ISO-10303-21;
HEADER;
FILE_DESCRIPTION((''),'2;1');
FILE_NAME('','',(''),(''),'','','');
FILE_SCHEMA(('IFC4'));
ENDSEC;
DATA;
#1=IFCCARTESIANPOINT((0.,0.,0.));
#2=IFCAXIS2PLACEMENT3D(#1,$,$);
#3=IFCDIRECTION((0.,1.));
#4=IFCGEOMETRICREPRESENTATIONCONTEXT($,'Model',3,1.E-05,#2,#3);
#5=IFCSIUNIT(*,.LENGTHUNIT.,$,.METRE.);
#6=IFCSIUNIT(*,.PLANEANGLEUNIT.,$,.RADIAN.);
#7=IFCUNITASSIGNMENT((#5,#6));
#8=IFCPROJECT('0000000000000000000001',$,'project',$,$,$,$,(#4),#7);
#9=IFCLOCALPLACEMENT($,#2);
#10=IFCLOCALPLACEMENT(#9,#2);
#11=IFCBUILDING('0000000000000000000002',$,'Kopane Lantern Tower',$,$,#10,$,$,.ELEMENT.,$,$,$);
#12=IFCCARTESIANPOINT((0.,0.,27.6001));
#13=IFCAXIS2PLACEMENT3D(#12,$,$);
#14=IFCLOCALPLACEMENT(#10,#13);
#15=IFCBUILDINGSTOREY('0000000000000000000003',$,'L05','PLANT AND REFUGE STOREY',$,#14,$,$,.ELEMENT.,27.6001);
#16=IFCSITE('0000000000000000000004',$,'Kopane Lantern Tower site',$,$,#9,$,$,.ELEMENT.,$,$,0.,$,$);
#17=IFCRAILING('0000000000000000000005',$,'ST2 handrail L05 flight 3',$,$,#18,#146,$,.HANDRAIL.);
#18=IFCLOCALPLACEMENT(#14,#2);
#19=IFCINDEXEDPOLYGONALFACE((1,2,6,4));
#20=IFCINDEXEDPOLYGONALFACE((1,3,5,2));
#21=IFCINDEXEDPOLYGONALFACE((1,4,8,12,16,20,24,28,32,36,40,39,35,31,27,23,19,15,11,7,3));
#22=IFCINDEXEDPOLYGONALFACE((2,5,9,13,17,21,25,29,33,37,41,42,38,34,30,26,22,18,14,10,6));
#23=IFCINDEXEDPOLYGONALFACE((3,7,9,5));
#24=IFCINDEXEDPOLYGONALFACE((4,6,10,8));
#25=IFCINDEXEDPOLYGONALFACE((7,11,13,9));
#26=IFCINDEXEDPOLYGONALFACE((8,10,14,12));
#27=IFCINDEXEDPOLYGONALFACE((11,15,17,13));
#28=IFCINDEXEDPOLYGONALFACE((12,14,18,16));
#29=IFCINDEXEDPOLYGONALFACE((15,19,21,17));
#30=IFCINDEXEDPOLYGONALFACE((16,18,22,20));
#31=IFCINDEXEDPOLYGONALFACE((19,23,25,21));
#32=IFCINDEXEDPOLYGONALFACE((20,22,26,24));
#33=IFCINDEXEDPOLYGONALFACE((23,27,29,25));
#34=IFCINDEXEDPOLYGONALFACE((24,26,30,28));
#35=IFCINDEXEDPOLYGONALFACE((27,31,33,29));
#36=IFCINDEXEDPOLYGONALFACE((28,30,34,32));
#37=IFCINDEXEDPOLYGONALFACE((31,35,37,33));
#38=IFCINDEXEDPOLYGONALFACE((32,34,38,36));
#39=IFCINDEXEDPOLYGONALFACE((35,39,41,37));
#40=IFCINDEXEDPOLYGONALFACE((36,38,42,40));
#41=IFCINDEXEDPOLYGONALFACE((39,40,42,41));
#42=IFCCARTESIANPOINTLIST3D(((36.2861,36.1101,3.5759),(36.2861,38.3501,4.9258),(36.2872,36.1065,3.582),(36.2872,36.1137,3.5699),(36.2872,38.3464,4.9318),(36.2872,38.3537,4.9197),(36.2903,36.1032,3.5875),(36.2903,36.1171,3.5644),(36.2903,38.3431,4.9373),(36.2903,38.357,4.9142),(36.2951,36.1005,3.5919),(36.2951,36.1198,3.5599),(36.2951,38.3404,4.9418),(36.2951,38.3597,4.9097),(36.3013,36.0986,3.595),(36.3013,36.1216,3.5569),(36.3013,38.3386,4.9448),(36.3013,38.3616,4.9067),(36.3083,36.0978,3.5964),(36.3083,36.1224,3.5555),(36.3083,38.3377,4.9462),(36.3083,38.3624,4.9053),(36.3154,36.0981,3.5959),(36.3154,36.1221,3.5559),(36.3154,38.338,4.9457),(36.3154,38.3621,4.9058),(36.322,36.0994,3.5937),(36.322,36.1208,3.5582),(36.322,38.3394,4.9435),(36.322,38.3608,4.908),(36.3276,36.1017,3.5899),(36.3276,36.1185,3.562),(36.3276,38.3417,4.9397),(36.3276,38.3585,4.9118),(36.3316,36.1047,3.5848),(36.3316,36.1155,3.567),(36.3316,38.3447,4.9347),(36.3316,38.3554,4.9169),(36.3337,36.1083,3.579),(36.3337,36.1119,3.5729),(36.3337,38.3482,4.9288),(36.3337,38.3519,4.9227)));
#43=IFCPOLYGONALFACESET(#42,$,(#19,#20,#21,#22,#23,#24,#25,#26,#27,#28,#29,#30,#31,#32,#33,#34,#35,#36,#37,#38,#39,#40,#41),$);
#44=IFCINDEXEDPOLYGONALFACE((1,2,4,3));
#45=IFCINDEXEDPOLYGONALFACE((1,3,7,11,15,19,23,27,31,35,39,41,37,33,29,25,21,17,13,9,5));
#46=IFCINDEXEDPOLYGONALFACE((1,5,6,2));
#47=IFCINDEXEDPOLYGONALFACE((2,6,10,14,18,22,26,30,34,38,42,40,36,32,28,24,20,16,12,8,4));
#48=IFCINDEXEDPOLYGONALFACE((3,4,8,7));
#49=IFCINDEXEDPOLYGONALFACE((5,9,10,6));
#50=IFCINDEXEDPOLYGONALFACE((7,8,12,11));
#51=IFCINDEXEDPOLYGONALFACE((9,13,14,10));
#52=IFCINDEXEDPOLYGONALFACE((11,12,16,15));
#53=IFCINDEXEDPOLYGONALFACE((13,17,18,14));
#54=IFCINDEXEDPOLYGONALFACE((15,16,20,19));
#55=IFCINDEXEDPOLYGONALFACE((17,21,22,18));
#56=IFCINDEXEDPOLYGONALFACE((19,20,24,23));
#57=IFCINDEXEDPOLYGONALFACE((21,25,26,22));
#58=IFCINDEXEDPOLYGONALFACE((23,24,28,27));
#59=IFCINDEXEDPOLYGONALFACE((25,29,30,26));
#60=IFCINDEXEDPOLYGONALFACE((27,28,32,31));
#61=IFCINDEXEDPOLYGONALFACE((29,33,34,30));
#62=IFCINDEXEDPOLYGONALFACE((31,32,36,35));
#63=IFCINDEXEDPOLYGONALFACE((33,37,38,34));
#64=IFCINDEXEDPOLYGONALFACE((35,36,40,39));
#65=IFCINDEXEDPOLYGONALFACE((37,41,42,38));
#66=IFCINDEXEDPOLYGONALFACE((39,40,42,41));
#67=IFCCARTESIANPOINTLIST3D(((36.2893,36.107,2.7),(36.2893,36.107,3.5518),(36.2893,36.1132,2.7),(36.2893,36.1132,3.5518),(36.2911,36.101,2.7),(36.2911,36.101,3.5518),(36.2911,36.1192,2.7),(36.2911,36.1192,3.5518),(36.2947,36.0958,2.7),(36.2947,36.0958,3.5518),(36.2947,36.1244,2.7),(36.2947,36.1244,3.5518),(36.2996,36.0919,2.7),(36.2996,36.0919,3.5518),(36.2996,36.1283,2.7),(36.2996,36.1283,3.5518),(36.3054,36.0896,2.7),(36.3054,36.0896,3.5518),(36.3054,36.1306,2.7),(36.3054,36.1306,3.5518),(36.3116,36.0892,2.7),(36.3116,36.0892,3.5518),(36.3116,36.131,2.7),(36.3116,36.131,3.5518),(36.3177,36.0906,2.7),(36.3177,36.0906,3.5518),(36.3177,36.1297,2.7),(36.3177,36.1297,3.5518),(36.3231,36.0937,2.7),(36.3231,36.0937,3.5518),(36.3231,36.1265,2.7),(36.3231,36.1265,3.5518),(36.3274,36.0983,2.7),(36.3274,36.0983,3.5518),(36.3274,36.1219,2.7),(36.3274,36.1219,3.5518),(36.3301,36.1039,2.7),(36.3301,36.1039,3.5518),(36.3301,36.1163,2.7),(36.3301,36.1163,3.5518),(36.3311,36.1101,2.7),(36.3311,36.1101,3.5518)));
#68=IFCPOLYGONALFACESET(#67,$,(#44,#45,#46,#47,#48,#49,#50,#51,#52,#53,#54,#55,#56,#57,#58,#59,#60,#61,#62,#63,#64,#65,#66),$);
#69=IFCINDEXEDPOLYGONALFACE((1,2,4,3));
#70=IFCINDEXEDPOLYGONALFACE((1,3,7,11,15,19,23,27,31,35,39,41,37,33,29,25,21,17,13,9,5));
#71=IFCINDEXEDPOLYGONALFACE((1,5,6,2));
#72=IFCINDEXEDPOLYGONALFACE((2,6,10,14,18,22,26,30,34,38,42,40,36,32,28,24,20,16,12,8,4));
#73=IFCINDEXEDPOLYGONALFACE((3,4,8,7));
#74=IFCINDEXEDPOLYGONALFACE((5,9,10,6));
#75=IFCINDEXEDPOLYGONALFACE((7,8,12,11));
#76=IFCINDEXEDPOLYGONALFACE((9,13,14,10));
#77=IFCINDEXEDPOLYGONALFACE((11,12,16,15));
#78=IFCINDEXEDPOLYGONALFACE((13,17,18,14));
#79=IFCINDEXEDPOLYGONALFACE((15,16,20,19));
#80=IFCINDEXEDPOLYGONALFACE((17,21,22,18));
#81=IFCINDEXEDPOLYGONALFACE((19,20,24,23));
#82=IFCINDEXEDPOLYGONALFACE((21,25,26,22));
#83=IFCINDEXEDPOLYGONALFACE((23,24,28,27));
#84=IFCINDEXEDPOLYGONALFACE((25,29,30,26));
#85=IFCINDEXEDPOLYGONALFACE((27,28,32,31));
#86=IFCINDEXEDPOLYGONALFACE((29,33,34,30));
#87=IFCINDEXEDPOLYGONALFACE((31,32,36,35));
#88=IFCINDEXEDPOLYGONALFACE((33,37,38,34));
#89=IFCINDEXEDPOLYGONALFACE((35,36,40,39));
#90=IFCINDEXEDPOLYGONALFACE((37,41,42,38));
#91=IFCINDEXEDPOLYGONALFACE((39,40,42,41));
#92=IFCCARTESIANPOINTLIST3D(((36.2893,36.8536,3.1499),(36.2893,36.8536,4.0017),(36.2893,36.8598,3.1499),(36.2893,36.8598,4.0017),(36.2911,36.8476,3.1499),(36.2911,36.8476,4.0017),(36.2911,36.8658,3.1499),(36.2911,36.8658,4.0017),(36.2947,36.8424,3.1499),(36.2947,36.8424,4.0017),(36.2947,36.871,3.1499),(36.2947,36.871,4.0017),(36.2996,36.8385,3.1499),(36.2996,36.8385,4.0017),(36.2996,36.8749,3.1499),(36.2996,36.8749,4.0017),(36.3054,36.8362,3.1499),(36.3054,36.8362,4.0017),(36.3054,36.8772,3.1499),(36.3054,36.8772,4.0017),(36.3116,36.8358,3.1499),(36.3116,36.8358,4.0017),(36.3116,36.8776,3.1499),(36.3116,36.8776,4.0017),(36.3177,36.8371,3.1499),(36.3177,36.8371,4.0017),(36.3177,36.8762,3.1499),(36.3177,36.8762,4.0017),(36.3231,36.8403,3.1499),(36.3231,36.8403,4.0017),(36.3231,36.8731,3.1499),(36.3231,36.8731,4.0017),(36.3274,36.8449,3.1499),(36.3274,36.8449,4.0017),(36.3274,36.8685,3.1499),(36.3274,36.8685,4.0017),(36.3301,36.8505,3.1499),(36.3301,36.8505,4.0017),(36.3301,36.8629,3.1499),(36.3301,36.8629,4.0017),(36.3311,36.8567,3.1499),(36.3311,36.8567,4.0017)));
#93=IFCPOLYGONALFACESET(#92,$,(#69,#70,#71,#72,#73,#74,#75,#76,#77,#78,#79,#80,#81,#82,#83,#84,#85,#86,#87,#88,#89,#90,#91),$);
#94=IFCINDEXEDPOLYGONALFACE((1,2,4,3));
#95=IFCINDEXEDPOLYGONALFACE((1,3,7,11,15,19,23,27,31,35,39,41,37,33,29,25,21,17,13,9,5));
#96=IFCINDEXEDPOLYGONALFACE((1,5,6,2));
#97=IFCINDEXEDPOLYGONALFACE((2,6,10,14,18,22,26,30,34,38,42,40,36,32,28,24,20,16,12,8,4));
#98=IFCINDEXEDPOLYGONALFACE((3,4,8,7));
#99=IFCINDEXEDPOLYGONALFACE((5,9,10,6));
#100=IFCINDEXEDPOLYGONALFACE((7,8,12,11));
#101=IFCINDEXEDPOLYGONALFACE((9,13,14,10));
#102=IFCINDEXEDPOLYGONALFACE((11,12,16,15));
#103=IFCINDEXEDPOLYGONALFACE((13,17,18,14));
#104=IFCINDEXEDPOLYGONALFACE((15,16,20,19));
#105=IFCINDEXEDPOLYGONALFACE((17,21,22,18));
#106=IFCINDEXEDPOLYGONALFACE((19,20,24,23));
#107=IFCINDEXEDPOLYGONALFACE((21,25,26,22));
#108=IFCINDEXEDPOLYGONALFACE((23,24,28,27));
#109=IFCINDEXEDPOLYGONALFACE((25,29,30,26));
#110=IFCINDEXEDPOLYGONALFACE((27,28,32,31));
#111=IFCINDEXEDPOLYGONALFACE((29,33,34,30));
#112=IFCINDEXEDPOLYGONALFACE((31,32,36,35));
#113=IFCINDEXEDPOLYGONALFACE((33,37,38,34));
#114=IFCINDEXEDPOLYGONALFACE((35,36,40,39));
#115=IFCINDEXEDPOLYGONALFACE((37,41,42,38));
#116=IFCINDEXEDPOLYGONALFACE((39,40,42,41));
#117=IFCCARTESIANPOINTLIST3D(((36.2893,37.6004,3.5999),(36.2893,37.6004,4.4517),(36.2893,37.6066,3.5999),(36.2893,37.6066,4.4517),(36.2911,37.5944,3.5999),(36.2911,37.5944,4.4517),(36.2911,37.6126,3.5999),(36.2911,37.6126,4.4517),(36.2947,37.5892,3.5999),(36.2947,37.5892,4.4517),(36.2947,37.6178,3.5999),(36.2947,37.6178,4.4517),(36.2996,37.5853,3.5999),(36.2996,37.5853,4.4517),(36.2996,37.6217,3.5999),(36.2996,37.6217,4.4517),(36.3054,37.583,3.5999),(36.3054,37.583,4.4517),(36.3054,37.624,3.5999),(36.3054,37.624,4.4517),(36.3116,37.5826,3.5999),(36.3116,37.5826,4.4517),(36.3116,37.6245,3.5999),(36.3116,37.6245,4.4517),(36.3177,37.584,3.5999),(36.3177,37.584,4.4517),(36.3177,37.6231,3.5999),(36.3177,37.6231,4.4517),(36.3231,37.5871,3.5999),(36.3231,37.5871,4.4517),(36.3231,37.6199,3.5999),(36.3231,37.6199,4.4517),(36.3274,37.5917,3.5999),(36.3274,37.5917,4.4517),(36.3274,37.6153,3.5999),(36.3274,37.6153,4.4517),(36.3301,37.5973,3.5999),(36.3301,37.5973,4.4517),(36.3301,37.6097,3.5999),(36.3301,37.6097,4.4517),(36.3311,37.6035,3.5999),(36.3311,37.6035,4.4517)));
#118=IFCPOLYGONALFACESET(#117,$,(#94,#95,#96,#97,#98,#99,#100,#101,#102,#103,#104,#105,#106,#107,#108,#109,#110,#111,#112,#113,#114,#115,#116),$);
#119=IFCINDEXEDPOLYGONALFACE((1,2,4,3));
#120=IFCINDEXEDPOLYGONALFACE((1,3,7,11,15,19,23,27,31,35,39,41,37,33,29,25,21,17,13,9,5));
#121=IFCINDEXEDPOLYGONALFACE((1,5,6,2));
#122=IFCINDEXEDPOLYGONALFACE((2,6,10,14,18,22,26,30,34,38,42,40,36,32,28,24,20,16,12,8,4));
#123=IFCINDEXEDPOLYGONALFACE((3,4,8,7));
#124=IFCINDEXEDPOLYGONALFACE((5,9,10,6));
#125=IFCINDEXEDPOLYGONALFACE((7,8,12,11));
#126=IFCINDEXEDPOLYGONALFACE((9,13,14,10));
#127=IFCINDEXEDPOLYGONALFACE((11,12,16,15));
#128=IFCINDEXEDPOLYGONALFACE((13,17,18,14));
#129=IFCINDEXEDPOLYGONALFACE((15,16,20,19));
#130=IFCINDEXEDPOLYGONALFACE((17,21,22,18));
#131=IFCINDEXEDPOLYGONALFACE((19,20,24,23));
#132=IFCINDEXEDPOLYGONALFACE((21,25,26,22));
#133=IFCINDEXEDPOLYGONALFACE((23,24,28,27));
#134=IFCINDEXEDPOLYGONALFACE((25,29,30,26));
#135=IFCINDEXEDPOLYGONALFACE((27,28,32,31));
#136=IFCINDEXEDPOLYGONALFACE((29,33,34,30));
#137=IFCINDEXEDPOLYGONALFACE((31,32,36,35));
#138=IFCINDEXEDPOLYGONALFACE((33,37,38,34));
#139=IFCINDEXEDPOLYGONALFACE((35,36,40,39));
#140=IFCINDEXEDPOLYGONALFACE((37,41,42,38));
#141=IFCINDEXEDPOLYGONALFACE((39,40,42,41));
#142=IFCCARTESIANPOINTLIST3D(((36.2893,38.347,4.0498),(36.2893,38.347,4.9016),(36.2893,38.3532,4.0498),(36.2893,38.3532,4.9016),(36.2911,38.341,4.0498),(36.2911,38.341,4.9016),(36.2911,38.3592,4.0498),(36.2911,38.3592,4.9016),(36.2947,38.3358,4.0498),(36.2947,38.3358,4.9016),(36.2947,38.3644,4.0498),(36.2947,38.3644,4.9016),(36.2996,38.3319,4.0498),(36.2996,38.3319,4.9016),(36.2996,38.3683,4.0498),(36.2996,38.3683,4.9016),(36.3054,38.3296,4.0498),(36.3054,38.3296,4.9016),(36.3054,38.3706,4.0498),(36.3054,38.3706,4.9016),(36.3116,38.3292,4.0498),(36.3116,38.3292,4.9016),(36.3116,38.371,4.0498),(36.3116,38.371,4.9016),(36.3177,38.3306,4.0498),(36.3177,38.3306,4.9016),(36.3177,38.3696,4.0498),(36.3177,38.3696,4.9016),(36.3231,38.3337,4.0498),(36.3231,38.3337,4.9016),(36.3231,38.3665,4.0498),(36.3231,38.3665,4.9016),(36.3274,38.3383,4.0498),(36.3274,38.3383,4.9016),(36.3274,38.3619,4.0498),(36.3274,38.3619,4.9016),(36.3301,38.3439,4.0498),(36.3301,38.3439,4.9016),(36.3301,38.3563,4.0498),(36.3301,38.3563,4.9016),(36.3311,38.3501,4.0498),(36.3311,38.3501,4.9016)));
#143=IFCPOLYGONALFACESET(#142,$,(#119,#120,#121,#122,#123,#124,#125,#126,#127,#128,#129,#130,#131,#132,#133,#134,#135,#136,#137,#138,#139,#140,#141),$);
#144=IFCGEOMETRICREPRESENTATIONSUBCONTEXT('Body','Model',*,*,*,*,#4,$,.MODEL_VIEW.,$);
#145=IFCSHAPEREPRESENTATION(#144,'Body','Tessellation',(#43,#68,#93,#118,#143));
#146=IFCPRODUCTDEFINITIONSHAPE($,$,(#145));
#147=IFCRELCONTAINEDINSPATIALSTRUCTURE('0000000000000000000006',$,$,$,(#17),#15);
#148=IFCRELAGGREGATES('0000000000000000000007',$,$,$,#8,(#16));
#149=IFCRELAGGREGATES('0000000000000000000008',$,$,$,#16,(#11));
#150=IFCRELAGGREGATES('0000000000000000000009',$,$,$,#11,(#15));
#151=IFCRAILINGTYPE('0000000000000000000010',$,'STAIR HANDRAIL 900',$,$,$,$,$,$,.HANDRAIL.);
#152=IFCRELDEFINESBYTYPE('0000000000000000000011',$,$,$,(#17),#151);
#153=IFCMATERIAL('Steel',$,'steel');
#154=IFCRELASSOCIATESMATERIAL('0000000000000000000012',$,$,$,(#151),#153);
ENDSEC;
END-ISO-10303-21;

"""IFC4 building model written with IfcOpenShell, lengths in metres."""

from ifc_helpers import new_model, si_unit, direction, frame, origin, origin_2d, place, context, subcontext, project, spatial, circle, extrude, material, type_object, element, save


model = new_model("IFC4")

# Units and contexts
model_context = context("Model", 3, precision=1e-05, world=origin(), true_north=direction((0.0, 1.0)))
body_context = subcontext(model_context, "Body", "Model", "MODEL_VIEW")
ifc_project = project(units=[si_unit("LENGTHUNIT", "METRE"), si_unit("PLANEANGLEUNIT", "RADIAN")], contexts=[model_context])

# Site, building, storey
site_placement = place(None, origin())
site = spatial("IfcSite", under=ifc_project, at=site_placement, Name="Kopane Lantern Tower site", CompositionType="ELEMENT", RefElevation=0.0)
building_placement = place(site_placement, origin())
building = spatial("IfcBuilding", under=site, at=building_placement, Name="Kopane Lantern Tower", CompositionType="ELEMENT")
storey_placement = place(building_placement, frame((0.0, 0.0, 27.6001)))
storey = spatial("IfcBuildingStorey", under=building, at=storey_placement, Name="L05", Description="PLANT AND REFUGE STOREY", CompositionType="ELEMENT", Elevation=27.6001)

# Railing
ifc_material_1 = material(Name="Steel", Category="steel")
railing_type_1 = type_object("IfcRailingType", Name="STAIR HANDRAIL 900", PredefinedType="HANDRAIL", material=ifc_material_1)
for number, where, name in (
    (1, (36.3101, 36.1101, 2.7), "ST2 handrail L05 flight 3"),
):
    element("IfcRailing", number, at=place(storey_placement, frame(where)), inside=storey, type_object=railing_type_1, Name=name, PredefinedType="HANDRAIL", context=body_context, shape_type="SweptSolid", body=[
        extrude(circle(Radius=0.0239, at=origin_2d()), frame((0.0, 0.0, 0.876), z_axis=(0.0, 0.856503, 0.516142), x_axis=(-1.0, 0.0, 0.0)), (0.0, 0.0, 1.0), 2.6152),
        extrude(circle(Radius=0.021, at=origin_2d()), origin(), (0.0, 0.0, 1.0), 0.8518),
        extrude(circle(Radius=0.021, at=origin_2d()), frame((0.0, 0.7466, 0.45)), (0.0, 0.0, 1.0), 0.8518),
        extrude(circle(Radius=0.021, at=origin_2d()), frame((0.0, 1.4934, 0.8999)), (0.0, 0.0, 1.0), 0.8518),
        extrude(circle(Radius=0.021, at=origin_2d()), frame((0.0, 2.24, 1.3499)), (0.0, 0.0, 1.0), 0.8518),
    ])

save(model, "model.ifc")
